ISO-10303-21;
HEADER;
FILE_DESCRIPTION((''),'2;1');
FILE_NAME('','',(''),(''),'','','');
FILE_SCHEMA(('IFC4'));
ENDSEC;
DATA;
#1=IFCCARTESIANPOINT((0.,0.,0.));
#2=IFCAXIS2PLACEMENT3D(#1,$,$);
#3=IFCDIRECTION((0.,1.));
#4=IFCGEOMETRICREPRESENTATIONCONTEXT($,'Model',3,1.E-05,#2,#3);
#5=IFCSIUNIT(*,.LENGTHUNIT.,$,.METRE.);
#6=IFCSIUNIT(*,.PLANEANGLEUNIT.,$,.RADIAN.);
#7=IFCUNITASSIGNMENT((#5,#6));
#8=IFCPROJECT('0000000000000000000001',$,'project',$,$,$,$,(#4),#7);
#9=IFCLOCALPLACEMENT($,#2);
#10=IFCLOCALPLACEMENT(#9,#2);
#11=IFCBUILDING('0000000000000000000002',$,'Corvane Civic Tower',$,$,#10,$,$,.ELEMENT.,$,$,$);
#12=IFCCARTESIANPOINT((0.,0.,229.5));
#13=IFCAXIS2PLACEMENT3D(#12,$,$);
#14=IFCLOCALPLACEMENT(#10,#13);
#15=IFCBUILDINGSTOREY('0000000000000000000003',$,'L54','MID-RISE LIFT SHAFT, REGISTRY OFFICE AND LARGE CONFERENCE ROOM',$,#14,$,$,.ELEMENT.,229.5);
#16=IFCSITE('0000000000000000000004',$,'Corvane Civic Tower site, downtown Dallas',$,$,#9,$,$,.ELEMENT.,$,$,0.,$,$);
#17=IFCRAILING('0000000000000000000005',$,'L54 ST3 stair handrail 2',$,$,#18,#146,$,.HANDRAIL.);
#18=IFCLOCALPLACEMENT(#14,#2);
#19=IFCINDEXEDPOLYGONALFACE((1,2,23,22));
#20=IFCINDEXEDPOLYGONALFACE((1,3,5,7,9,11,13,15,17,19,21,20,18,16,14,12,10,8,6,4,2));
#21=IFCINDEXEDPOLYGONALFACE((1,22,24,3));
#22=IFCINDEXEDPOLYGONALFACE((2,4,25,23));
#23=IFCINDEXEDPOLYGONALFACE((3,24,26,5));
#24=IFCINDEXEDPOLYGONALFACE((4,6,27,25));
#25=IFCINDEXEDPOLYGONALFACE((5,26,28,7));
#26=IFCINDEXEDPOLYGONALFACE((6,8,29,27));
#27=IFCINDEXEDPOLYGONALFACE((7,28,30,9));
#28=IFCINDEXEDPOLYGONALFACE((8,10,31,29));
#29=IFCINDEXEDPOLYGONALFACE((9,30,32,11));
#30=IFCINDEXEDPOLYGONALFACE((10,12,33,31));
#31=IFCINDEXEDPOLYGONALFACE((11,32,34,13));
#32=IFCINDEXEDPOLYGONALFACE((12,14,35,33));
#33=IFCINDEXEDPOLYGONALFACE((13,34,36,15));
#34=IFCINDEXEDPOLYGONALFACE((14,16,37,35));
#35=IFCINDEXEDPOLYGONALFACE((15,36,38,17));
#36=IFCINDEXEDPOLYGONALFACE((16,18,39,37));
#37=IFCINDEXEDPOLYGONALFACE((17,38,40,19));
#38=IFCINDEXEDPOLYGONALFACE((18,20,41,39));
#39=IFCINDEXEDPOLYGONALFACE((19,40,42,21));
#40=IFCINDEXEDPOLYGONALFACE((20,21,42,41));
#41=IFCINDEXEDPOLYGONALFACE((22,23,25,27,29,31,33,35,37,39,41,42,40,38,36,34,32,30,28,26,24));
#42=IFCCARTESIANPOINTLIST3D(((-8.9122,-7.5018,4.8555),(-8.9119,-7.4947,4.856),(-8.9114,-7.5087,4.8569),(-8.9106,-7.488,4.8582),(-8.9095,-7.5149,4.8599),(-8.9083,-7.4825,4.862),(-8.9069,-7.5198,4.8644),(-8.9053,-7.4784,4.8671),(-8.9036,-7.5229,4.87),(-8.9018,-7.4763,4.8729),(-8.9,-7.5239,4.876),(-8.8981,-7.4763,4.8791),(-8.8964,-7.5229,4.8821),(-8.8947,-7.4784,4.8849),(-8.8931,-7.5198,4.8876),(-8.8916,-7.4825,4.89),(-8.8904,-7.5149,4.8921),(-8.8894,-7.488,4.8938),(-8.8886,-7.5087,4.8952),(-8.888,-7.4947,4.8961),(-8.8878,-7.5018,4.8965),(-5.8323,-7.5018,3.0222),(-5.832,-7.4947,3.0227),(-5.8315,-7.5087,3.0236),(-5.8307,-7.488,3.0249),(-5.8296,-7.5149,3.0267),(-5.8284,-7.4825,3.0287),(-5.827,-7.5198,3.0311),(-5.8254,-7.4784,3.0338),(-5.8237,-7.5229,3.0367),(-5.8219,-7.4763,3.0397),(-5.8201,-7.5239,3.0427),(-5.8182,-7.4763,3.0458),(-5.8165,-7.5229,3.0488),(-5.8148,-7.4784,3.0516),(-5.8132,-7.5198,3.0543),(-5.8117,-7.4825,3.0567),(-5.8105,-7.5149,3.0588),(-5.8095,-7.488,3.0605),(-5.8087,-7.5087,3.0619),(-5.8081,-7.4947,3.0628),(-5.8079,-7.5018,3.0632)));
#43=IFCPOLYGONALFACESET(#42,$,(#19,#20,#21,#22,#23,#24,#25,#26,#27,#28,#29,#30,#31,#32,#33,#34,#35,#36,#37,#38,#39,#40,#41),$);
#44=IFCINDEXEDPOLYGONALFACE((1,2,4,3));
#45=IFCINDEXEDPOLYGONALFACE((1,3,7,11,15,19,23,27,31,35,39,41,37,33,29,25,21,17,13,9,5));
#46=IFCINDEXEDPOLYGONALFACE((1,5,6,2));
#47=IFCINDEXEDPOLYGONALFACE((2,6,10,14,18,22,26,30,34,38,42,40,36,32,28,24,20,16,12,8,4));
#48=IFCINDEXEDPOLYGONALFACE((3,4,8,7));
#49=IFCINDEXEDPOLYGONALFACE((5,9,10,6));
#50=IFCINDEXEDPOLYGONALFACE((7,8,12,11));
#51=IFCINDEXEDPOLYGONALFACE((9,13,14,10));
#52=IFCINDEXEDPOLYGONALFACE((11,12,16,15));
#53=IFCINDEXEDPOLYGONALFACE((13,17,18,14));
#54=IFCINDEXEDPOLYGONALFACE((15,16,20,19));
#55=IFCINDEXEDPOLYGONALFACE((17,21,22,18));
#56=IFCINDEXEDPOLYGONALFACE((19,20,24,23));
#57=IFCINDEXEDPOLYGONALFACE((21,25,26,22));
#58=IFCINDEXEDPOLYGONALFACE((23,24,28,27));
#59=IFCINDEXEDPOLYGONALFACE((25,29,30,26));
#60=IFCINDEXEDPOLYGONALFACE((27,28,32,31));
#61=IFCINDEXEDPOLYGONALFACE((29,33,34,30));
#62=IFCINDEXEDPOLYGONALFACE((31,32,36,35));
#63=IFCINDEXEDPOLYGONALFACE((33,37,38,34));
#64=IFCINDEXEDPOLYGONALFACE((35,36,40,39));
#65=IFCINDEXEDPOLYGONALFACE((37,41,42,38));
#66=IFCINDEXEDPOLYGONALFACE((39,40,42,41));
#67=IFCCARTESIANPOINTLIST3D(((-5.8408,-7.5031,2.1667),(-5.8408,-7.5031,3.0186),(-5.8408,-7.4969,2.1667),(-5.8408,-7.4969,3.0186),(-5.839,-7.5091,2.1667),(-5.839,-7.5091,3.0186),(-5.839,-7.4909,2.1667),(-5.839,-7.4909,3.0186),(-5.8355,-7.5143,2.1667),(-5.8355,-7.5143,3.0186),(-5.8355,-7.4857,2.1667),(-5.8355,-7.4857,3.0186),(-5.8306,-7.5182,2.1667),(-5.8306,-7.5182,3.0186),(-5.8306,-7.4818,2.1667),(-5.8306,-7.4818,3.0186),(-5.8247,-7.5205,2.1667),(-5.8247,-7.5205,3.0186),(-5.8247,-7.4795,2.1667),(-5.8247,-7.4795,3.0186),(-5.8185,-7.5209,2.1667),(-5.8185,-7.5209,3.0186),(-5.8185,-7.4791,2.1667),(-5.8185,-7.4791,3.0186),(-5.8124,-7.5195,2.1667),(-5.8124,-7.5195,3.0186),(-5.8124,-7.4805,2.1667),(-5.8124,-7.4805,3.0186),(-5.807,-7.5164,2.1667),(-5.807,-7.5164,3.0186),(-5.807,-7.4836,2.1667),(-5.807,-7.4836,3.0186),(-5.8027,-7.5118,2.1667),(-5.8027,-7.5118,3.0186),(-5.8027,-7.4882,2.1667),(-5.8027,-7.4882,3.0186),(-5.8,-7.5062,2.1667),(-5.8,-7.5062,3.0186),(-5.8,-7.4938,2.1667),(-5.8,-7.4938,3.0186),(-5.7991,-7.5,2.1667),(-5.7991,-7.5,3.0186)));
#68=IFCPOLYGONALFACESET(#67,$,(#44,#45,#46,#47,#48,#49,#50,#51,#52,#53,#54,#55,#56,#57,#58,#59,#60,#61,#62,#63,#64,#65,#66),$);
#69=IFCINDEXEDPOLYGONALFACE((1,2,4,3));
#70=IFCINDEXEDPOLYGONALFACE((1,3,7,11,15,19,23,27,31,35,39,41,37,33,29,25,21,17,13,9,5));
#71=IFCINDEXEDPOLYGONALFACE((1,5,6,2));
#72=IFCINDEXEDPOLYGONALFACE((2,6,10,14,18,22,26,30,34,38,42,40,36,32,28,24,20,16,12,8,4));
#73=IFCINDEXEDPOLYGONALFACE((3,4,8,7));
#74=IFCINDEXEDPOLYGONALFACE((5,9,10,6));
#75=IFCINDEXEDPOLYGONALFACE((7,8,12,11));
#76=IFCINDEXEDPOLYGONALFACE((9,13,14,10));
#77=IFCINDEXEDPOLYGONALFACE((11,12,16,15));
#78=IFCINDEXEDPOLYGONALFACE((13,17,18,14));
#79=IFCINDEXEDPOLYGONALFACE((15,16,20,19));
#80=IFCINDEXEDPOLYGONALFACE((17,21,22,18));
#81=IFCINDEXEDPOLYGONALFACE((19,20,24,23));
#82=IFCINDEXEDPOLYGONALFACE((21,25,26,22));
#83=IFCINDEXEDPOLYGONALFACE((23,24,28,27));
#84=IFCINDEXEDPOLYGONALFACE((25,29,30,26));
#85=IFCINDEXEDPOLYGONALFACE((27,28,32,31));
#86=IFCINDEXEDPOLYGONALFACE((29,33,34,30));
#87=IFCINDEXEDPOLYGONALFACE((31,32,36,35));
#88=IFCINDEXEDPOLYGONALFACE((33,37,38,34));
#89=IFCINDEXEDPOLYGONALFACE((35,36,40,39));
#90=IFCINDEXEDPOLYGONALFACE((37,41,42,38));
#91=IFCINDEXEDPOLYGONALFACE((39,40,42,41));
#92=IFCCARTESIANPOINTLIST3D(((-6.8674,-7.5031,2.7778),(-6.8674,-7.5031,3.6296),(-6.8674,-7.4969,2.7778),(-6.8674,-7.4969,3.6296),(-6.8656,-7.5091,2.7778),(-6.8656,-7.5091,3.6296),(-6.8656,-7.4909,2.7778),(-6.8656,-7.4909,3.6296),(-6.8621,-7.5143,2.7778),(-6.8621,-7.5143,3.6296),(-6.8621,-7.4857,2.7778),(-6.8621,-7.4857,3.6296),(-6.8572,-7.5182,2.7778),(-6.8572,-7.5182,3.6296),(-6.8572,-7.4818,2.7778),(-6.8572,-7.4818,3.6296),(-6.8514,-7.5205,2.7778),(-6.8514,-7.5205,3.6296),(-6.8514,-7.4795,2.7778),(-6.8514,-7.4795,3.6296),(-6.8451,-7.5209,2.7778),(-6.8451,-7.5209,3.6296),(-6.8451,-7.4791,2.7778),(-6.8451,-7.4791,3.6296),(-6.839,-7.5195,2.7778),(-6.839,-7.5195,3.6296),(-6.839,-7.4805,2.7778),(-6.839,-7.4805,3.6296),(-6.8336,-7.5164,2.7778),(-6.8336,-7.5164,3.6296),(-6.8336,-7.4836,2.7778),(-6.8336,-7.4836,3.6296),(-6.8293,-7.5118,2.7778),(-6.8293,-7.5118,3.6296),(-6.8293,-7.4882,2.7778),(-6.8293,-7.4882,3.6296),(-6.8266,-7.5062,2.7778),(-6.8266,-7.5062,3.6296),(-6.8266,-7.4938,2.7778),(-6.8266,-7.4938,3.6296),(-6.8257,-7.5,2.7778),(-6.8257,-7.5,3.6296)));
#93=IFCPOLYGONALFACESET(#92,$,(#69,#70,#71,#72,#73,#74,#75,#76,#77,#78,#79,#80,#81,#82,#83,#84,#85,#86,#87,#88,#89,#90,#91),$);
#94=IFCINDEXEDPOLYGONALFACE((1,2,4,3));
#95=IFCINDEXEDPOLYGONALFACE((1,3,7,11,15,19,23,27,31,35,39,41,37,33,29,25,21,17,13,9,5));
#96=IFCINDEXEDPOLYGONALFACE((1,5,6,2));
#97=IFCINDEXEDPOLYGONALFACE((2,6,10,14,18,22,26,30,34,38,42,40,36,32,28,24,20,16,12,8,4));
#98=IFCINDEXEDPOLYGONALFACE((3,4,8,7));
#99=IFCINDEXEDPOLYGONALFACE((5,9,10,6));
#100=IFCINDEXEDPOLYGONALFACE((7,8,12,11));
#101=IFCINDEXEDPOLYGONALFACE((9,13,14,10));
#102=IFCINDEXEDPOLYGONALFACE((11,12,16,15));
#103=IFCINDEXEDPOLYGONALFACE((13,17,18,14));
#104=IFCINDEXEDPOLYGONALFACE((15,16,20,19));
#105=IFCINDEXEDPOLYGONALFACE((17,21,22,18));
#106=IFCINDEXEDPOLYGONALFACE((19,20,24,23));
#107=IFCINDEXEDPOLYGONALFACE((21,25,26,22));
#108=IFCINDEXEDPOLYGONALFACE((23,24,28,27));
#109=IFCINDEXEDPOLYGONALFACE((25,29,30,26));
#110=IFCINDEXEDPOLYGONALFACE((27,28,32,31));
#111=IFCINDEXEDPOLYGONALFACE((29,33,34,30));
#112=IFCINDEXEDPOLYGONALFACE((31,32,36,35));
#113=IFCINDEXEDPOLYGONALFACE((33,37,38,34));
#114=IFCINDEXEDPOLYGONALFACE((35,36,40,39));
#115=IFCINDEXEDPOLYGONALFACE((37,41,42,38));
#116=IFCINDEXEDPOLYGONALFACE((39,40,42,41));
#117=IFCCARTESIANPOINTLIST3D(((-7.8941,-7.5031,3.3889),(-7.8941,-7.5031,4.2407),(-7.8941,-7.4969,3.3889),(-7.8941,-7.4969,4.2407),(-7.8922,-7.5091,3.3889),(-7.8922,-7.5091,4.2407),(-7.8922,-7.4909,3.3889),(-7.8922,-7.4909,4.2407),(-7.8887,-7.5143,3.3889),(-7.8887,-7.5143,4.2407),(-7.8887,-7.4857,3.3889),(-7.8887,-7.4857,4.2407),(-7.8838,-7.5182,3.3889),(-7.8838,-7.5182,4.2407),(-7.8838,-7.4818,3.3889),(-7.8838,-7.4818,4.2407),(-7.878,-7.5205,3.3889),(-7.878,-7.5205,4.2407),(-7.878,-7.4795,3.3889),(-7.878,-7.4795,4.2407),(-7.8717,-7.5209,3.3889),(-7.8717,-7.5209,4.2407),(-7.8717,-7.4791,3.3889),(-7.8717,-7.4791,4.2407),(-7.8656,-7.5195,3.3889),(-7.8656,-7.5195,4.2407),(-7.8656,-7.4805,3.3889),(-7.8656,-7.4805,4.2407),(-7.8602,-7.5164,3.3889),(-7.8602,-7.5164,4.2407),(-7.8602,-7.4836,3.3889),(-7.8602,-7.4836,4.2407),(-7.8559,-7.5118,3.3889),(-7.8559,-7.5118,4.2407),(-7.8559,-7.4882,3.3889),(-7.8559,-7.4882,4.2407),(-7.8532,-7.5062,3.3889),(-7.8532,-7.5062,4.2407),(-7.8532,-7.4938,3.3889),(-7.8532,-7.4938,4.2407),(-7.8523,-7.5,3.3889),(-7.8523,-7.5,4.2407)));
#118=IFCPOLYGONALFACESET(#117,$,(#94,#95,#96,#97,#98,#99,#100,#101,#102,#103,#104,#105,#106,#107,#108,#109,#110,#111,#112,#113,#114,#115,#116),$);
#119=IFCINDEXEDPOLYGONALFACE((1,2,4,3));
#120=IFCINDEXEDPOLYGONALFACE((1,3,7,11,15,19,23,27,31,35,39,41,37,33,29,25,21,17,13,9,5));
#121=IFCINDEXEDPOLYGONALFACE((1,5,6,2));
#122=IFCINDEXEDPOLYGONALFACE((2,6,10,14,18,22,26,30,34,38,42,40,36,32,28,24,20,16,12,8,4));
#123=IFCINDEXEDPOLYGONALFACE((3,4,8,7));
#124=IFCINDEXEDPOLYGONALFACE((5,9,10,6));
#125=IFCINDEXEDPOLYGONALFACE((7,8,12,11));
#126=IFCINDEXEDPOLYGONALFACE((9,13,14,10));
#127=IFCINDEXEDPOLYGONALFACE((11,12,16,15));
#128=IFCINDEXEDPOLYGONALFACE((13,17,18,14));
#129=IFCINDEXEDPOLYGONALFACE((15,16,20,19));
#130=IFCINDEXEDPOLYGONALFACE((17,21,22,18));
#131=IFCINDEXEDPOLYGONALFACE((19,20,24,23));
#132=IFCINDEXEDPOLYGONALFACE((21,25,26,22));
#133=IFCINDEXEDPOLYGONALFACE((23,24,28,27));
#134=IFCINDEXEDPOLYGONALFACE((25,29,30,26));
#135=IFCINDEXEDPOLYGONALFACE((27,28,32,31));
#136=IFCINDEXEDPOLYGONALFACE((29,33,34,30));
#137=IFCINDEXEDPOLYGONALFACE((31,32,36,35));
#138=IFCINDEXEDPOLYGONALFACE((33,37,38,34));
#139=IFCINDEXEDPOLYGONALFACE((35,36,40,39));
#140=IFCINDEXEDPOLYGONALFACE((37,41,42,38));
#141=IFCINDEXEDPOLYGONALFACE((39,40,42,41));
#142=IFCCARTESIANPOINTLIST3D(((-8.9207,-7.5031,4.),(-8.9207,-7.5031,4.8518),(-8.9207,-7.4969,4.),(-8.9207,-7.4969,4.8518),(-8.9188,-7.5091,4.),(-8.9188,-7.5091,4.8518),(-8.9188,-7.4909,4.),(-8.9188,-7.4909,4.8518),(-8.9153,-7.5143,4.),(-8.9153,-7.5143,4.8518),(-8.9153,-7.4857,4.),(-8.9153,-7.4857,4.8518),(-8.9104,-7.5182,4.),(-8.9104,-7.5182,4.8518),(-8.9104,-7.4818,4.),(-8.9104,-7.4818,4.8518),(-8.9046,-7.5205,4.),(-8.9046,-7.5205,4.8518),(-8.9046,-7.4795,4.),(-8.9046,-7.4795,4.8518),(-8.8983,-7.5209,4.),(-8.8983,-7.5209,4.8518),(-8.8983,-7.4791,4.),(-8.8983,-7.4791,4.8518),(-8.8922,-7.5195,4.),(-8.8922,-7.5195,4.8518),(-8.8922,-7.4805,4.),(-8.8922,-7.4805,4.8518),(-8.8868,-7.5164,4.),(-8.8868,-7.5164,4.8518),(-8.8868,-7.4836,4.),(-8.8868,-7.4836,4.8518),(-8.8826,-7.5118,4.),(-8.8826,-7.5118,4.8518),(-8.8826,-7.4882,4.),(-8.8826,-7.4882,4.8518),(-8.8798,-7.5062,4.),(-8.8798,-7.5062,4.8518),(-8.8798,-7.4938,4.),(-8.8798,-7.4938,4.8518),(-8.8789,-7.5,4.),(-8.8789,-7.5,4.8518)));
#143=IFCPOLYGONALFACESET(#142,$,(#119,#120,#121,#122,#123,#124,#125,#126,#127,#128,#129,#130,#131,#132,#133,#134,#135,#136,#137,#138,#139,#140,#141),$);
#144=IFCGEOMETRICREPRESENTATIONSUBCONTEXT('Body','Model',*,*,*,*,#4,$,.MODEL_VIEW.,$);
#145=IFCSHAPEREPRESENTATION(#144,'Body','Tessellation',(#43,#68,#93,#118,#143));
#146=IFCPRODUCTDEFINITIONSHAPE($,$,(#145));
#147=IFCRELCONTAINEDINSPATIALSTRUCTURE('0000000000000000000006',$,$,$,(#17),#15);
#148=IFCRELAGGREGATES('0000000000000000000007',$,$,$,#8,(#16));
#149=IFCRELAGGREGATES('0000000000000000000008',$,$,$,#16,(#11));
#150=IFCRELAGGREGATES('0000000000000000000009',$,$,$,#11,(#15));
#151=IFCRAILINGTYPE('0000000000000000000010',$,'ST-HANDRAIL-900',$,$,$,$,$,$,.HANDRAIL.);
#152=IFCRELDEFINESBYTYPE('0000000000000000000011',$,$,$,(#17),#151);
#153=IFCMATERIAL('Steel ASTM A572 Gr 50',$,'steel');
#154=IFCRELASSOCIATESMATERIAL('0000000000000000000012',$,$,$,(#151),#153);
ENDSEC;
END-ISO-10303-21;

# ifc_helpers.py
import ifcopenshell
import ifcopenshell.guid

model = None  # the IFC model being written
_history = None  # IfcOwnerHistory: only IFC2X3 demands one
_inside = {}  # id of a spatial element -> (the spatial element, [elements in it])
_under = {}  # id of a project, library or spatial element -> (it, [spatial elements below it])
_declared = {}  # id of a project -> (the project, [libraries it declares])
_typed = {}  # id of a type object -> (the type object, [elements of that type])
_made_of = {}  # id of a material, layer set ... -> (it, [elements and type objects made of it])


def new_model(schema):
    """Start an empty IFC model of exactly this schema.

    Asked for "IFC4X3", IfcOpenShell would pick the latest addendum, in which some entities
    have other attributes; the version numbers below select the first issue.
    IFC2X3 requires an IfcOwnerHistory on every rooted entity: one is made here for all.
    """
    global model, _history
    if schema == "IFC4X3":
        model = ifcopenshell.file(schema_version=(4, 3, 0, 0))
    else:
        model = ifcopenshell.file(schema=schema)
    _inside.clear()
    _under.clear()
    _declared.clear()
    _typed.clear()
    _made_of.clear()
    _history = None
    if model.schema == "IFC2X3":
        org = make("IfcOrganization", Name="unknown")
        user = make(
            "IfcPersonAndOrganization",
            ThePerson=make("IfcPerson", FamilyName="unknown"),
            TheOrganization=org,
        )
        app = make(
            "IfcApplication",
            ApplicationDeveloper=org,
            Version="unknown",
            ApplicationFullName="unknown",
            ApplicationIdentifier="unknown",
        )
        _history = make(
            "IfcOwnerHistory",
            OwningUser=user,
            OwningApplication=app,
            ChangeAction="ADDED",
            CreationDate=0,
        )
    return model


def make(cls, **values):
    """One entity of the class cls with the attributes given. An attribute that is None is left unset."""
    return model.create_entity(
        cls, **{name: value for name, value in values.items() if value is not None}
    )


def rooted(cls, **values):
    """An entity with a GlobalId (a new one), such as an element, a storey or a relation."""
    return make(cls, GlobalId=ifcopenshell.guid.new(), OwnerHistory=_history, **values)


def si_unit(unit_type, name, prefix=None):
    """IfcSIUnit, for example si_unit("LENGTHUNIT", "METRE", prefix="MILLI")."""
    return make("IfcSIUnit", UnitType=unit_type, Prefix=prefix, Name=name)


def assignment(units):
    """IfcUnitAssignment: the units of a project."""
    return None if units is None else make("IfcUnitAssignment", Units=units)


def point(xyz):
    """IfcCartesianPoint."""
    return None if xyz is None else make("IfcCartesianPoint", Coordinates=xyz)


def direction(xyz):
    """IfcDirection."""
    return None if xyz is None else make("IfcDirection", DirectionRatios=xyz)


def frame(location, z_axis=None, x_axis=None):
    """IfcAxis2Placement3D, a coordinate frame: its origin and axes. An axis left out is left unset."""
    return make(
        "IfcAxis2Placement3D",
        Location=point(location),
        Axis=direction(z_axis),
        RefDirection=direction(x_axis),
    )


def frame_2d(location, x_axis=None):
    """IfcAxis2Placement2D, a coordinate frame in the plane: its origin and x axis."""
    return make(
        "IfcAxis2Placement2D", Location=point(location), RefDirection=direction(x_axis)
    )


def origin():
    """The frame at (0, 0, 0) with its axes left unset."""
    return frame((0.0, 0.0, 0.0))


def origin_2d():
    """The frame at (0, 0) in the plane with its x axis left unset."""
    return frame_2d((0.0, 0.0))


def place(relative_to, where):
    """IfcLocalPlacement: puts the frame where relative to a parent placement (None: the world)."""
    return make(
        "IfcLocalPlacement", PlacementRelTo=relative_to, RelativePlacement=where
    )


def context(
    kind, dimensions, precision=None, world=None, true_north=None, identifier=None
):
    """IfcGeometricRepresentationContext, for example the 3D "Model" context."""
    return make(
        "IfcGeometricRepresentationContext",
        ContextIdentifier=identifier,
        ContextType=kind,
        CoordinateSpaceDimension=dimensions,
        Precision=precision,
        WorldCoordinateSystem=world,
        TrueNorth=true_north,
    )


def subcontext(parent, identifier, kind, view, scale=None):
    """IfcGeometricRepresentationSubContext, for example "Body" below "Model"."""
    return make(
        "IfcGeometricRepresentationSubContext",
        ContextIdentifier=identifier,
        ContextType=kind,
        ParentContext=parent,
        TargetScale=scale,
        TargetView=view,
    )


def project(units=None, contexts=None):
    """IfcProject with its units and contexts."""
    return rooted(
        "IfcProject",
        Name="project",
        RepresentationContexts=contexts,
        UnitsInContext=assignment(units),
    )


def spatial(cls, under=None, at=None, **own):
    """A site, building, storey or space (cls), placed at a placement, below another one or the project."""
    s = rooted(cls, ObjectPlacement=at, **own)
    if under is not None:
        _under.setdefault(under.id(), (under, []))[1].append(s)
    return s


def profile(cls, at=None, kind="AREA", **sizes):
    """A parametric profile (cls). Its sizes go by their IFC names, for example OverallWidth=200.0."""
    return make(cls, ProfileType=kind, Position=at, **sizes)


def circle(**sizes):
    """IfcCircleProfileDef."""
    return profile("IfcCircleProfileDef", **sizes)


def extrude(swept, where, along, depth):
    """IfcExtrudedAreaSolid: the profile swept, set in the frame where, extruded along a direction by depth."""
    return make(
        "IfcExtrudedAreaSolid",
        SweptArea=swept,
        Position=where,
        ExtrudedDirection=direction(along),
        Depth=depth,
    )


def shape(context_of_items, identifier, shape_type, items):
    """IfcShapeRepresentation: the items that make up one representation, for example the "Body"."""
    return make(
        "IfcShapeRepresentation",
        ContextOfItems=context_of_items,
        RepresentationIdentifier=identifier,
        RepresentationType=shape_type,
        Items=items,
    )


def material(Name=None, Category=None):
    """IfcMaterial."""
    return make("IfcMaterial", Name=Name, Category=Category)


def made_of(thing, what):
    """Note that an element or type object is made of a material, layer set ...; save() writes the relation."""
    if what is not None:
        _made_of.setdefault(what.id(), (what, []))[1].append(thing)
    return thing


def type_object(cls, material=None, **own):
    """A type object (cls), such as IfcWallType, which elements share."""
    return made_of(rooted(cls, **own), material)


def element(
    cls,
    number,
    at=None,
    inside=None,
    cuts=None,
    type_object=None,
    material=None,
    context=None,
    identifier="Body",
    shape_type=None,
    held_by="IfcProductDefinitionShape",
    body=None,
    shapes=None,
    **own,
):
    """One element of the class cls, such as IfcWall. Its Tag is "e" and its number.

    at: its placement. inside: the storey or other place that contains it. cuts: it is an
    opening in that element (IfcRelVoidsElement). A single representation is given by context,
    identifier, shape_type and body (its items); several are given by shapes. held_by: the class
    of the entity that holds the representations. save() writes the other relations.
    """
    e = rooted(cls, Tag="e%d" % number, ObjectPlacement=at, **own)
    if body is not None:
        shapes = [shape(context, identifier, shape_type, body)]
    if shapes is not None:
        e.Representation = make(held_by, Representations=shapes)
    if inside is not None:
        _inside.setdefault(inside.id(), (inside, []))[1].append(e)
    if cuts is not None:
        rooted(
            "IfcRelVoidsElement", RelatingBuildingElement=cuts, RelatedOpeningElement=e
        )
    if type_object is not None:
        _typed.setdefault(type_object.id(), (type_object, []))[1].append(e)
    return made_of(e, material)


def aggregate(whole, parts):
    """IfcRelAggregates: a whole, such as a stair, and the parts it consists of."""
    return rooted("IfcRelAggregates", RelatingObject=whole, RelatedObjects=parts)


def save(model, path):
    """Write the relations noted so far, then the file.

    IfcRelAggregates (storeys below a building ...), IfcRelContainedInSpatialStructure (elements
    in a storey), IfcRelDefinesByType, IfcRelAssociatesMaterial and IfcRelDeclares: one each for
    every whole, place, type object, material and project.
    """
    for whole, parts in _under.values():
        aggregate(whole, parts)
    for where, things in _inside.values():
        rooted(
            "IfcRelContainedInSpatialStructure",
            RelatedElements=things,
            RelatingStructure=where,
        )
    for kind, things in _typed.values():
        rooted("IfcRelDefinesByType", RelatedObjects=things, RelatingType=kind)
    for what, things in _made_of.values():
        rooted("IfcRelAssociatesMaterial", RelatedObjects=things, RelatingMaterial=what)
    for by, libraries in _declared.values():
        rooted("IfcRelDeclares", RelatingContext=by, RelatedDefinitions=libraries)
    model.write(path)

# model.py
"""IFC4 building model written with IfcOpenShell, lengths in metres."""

from ifc_helpers import new_model, si_unit, direction, frame, origin, origin_2d, place, context, subcontext, project, spatial, circle, extrude, material, type_object, element, save


model = new_model("IFC4")

# Units and contexts
model_context = context("Model", 3, precision=1e-05, world=origin(), true_north=direction((0.0, 1.0)))
body_context = subcontext(model_context, "Body", "Model", "MODEL_VIEW")
ifc_project = project(units=[si_unit("LENGTHUNIT", "METRE"), si_unit("PLANEANGLEUNIT", "RADIAN")], contexts=[model_context])

# Site, building, storey
site_placement = place(None, origin())
site = spatial("IfcSite", under=ifc_project, at=site_placement, Name="Corvane Civic Tower site, downtown Dallas", CompositionType="ELEMENT", RefElevation=0.0)
building_placement = place(site_placement, origin())
building = spatial("IfcBuilding", under=site, at=building_placement, Name="Corvane Civic Tower", CompositionType="ELEMENT")
storey_placement = place(building_placement, frame((0.0, 0.0, 229.5)))
storey = spatial("IfcBuildingStorey", under=building, at=storey_placement, Name="L54", Description="MID-RISE LIFT SHAFT, REGISTRY OFFICE AND LARGE CONFERENCE ROOM", CompositionType="ELEMENT", Elevation=229.5)

# Railing
ifc_material_1 = material(Name="Steel ASTM A572 Gr 50", Category="steel")
railing_type_1 = type_object("IfcRailingType", Name="ST-HANDRAIL-900", PredefinedType="HANDRAIL", material=ifc_material_1)
railing_1_placement = place(storey_placement, frame((-5.8201, -7.5, 2.1667)))
element("IfcRailing", 1, at=railing_1_placement, inside=storey, type_object=railing_type_1, Name="L54 ST3 stair handrail 2", PredefinedType="HANDRAIL", context=body_context, shape_type="SweptSolid", body=[
    extrude(circle(Radius=0.0239, at=origin_2d()), frame((0.0, 0.0, 0.876), z_axis=(-0.859291, 0.0, 0.511487), x_axis=(0.0, -1.0, 0.0)), (0.0, 0.0, 1.0), 3.5842),
    extrude(circle(Radius=0.021, at=origin_2d()), origin(), (0.0, 0.0, 1.0), 0.8518),
    extrude(circle(Radius=0.021, at=origin_2d()), frame((-1.0266, 0.0, 0.6111)), (0.0, 0.0, 1.0), 0.8518),
    extrude(circle(Radius=0.021, at=origin_2d()), frame((-2.0532, 0.0, 1.2222)), (0.0, 0.0, 1.0), 0.8518),
    extrude(circle(Radius=0.021, at=origin_2d()), frame((-3.0798, 0.0, 1.8333)), (0.0, 0.0, 1.0), 0.8518),
])

save(model, "model.ifc")
